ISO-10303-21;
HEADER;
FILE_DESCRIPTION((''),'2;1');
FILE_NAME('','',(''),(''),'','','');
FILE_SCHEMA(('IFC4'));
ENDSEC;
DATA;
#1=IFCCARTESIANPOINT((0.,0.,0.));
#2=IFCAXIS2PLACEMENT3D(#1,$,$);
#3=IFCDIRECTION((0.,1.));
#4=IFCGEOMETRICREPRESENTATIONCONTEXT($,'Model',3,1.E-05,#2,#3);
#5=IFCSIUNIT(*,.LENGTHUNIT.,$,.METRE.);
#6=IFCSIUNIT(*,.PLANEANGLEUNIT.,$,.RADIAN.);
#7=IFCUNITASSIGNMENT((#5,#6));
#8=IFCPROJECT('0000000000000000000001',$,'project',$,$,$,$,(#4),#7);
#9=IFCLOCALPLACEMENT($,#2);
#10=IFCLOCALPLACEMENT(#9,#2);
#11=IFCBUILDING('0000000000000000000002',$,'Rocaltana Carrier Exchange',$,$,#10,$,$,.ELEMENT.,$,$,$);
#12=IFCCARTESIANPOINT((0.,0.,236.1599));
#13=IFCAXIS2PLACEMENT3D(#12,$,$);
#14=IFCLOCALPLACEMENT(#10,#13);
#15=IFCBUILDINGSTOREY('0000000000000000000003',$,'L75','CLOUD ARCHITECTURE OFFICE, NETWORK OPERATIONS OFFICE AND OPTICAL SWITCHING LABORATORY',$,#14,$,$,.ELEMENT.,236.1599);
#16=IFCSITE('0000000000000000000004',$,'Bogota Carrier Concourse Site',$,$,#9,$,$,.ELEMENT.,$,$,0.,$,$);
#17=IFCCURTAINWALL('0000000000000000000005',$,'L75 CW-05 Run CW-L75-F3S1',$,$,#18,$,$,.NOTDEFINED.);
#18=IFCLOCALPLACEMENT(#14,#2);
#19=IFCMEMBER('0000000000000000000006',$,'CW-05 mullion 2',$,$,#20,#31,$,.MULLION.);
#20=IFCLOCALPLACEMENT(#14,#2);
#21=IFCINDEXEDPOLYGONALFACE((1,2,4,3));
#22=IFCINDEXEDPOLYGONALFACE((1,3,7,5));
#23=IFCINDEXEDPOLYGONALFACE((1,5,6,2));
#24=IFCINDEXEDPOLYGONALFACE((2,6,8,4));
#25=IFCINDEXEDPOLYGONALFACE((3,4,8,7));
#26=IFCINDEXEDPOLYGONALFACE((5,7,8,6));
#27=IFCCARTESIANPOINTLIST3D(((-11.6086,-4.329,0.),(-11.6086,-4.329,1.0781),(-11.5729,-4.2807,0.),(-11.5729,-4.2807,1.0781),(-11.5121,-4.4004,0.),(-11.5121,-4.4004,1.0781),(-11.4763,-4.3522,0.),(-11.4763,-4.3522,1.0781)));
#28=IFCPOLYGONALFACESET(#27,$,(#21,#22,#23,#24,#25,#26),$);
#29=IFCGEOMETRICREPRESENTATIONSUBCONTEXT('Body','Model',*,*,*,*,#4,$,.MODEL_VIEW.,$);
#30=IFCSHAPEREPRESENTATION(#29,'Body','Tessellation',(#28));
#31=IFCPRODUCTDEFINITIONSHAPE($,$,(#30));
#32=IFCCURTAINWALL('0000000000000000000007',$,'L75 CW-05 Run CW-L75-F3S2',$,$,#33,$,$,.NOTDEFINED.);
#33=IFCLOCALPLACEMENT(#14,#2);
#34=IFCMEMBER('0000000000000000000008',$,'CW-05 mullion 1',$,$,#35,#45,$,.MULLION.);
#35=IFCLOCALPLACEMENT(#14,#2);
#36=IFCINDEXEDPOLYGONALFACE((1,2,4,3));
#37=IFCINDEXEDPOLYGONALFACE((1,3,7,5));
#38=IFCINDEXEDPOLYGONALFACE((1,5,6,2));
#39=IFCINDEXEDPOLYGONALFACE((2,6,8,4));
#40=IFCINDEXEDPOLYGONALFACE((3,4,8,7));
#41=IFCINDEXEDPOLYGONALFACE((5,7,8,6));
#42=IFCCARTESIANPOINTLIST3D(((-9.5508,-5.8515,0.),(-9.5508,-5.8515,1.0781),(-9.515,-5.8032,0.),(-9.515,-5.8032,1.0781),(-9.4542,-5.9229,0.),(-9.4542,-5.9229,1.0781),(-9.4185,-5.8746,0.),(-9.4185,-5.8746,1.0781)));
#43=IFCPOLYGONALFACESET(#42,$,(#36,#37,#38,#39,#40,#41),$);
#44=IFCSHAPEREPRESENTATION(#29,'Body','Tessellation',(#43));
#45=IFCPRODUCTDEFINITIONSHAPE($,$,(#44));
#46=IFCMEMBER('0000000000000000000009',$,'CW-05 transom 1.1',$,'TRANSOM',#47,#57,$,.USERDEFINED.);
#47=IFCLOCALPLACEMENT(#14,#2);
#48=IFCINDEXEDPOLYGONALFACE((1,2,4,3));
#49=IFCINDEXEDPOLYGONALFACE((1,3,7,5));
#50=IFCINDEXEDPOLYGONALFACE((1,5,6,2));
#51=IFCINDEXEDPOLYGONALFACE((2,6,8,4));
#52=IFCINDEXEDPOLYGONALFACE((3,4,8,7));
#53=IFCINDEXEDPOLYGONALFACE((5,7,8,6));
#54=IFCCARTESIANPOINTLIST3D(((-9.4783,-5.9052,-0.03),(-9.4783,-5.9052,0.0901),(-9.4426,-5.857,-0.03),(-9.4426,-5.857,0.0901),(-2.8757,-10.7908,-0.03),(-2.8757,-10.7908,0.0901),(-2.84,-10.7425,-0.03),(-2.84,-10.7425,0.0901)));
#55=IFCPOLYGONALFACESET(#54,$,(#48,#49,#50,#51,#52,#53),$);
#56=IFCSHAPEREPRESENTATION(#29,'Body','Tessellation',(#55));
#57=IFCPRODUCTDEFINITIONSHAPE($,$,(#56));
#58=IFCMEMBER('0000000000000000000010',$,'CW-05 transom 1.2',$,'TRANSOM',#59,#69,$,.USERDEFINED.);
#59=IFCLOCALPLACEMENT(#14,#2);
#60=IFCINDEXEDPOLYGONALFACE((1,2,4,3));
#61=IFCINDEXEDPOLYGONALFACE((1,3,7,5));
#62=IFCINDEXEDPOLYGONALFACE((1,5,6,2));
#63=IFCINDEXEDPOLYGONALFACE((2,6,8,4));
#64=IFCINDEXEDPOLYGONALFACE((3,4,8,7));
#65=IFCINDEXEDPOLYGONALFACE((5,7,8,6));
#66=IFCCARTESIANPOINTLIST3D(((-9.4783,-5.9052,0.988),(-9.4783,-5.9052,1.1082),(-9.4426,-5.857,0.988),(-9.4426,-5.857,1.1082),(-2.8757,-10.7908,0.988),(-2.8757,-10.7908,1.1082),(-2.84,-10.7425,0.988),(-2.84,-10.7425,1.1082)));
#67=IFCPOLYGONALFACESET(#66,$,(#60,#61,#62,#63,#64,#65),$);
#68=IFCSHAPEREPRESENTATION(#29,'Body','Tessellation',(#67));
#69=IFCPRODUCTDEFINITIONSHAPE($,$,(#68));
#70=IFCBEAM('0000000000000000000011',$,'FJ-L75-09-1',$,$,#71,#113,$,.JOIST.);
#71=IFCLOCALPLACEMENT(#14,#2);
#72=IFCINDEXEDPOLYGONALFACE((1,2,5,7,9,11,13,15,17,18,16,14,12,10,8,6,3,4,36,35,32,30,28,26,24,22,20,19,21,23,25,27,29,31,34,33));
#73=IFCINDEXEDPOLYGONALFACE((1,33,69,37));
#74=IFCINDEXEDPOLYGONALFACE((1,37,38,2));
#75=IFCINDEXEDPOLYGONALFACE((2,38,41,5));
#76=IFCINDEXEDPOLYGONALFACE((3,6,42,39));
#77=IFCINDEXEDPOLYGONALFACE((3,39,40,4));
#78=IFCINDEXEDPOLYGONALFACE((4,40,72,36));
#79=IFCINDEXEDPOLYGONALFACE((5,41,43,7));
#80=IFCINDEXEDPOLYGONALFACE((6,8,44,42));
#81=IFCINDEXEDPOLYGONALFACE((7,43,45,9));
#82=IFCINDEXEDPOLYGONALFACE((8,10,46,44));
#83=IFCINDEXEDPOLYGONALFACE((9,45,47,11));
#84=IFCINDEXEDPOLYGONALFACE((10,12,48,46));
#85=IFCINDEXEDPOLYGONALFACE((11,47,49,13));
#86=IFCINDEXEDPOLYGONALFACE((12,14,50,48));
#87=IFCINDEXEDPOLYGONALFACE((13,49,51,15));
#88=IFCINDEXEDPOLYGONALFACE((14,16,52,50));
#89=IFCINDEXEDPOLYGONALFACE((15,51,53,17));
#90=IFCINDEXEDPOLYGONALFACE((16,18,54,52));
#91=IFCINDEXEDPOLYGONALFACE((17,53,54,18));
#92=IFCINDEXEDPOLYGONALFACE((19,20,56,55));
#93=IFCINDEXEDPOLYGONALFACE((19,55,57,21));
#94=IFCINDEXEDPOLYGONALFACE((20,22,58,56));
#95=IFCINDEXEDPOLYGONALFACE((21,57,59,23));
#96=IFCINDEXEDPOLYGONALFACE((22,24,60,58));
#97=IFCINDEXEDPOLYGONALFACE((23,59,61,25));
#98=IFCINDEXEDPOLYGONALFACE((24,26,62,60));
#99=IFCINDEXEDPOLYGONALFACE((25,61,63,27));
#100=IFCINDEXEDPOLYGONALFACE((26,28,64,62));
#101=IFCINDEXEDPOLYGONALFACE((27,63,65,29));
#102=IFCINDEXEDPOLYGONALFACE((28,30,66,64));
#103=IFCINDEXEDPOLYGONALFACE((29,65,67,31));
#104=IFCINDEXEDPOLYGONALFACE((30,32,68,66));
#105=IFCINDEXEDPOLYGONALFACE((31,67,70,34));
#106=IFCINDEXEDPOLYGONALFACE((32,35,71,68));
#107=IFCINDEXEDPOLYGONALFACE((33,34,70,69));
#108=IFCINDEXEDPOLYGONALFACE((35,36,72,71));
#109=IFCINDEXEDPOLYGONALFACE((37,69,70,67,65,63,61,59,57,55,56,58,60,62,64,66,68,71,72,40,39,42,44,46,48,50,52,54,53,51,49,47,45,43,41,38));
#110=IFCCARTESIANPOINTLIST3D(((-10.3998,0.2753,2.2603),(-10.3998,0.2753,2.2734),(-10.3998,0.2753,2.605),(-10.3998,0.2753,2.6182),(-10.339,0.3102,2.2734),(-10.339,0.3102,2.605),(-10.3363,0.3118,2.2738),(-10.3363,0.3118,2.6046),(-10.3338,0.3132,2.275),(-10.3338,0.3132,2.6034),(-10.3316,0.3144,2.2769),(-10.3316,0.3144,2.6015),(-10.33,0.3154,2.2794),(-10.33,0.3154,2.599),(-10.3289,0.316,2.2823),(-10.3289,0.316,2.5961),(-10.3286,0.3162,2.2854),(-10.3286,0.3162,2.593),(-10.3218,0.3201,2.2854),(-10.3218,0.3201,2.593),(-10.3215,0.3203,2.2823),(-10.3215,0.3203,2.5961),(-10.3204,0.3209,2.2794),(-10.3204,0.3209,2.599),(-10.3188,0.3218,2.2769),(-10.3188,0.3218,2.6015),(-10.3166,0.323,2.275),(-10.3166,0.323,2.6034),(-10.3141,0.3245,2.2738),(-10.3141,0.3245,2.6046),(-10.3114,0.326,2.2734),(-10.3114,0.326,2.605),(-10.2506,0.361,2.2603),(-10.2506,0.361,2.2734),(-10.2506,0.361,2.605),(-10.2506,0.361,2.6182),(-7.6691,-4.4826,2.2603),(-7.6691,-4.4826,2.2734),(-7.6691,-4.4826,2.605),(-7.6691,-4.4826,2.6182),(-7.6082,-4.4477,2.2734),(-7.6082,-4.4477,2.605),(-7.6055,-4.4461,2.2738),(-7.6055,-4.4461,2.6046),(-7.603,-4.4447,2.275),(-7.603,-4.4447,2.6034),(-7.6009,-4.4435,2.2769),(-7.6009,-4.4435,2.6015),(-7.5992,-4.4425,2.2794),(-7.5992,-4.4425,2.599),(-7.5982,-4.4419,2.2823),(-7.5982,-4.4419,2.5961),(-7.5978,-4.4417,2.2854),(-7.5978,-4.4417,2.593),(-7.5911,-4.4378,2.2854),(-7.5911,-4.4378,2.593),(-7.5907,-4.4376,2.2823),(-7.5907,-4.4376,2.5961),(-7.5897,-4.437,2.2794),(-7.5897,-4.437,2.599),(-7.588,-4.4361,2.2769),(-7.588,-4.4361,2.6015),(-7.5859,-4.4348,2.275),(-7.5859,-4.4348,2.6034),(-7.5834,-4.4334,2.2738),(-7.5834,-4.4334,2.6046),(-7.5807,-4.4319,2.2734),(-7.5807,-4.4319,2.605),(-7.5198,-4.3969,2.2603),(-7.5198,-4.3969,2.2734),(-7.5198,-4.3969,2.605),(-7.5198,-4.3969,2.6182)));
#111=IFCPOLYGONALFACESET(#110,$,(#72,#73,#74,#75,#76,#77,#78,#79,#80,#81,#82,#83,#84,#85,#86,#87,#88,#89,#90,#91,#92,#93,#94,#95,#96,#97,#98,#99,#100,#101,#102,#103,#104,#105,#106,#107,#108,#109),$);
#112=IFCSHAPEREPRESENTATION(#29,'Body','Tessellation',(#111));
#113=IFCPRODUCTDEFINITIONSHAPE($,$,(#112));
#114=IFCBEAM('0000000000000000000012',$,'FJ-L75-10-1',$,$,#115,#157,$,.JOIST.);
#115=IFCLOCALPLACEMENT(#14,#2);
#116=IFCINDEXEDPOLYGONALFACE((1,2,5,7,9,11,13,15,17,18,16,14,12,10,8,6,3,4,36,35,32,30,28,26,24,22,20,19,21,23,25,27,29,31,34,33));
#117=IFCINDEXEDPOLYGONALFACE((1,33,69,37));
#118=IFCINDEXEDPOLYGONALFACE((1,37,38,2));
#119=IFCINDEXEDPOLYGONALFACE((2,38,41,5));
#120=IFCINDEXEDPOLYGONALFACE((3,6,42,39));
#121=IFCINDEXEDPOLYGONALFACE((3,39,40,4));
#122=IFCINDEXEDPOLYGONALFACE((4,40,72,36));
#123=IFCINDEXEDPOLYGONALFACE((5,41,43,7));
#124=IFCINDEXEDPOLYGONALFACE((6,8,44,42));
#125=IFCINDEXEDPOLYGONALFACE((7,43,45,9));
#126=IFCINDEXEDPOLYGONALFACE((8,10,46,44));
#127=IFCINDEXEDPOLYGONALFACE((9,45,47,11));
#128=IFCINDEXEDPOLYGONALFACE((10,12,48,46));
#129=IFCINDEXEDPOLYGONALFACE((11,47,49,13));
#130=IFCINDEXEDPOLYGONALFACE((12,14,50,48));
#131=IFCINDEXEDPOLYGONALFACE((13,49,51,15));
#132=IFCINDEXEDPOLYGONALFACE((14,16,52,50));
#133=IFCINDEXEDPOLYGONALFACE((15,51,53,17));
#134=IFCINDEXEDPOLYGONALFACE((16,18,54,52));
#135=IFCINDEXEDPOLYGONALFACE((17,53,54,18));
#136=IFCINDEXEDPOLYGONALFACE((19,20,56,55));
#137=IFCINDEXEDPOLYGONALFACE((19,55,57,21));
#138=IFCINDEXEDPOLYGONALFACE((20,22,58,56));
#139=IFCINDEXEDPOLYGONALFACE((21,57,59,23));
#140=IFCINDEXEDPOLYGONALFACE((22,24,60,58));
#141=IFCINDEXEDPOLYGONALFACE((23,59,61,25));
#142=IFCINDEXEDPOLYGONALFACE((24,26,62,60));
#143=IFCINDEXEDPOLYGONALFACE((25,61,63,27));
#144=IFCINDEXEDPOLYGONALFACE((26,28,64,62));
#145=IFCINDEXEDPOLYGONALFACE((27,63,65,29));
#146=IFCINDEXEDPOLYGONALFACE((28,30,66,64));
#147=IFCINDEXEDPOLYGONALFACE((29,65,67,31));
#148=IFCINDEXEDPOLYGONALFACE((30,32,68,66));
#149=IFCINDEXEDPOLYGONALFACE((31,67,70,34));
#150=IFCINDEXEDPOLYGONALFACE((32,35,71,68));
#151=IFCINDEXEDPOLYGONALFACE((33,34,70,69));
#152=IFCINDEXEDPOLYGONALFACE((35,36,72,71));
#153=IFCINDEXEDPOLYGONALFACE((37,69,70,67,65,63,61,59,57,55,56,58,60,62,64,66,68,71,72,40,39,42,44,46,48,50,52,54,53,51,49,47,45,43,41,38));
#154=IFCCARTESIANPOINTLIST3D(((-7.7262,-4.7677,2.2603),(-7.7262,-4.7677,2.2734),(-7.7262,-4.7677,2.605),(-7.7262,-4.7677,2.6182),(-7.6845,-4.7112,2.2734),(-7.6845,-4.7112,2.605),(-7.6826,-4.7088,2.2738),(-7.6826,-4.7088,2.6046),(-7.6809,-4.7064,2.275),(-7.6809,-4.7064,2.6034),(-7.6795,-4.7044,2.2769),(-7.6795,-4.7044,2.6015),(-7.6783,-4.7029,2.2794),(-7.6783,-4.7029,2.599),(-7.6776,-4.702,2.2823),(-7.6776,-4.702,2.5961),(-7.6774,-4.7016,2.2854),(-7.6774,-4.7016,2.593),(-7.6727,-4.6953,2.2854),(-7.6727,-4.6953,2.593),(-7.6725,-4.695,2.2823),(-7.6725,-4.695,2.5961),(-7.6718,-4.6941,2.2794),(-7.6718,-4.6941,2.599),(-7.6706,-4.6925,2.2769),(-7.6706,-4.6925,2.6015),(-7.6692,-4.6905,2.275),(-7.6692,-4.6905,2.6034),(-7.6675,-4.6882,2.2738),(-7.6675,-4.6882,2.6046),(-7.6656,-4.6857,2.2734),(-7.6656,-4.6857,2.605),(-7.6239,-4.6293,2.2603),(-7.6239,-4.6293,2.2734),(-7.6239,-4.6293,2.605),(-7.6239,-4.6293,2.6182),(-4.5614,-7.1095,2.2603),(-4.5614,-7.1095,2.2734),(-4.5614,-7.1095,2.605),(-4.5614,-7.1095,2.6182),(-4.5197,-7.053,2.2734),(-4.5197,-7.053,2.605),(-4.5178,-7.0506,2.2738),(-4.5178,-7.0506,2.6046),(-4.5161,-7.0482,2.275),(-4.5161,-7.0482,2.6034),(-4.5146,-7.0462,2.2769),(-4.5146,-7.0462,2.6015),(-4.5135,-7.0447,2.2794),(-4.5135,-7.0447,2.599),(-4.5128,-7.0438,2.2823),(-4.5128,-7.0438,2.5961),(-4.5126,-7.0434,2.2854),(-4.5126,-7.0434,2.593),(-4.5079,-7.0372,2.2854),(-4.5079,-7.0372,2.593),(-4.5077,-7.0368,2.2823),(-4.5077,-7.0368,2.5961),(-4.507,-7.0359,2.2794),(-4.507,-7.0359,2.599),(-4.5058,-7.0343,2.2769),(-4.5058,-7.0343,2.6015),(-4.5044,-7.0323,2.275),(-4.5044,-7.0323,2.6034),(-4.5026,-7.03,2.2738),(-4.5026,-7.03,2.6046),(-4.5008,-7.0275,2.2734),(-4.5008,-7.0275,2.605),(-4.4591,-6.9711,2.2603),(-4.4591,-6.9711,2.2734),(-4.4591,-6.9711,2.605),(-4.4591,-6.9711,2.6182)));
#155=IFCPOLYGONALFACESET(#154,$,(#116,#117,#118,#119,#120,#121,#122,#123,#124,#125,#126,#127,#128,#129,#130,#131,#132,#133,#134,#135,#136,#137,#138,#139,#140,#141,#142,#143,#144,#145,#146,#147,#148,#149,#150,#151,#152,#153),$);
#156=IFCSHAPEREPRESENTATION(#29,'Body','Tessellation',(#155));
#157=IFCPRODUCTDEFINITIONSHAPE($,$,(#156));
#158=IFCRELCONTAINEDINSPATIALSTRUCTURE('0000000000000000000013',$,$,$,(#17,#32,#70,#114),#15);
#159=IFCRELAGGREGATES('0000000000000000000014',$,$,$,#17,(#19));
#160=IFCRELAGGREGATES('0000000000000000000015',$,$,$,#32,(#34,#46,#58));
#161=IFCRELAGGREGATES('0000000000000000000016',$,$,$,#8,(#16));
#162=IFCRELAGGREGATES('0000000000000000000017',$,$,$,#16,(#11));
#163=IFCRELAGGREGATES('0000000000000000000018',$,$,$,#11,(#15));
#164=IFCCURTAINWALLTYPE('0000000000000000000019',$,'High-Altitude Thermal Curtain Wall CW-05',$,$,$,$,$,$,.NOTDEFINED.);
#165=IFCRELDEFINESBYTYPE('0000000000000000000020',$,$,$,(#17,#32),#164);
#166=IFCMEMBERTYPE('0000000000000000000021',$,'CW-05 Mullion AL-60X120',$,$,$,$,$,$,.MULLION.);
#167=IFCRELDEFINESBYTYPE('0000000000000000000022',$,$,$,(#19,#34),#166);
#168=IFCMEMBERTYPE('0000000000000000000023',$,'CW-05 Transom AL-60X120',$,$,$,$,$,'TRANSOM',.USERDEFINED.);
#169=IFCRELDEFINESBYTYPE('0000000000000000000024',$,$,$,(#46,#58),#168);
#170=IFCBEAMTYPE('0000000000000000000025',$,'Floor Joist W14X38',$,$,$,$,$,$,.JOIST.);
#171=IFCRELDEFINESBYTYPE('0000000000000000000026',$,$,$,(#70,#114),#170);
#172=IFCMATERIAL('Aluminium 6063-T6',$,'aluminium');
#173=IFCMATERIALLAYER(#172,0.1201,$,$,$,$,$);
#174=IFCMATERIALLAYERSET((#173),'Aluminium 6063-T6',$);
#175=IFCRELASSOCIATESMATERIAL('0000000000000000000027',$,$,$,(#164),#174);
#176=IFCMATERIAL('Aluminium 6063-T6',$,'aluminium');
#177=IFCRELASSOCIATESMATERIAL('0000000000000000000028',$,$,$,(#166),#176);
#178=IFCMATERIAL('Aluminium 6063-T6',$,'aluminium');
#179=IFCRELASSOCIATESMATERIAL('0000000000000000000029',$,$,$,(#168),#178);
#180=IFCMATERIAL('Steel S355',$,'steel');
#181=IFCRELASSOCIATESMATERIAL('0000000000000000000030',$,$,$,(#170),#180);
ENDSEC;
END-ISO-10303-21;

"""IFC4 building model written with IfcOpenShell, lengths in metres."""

from ifc_helpers import new_model, si_unit, direction, frame, origin, origin_2d, place, context, subcontext, project, spatial, rectangle, i_section, extrude, material, layer, layer_set, material_profile, profile_set, type_object, element, aggregate, save


model = new_model("IFC4")

# Units and contexts
model_context = context("Model", 3, precision=1e-05, world=origin(), true_north=direction((0.0, 1.0)))
body_context = subcontext(model_context, "Body", "Model", "MODEL_VIEW")
ifc_project = project(units=[si_unit("LENGTHUNIT", "METRE"), si_unit("PLANEANGLEUNIT", "RADIAN")], contexts=[model_context])

# Site, building, storey
site_placement = place(None, origin())
site = spatial("IfcSite", under=ifc_project, at=site_placement, Name="Bogota Carrier Concourse Site", CompositionType="ELEMENT", RefElevation=0.0)
building_placement = place(site_placement, origin())
building = spatial("IfcBuilding", under=site, at=building_placement, Name="Rocaltana Carrier Exchange", CompositionType="ELEMENT")
storey_placement = place(building_placement, frame((0.0, 0.0, 236.1599)))
storey = spatial("IfcBuildingStorey", under=building, at=storey_placement, Name="L75", Description="CLOUD ARCHITECTURE OFFICE, NETWORK OPERATIONS OFFICE AND OPTICAL SWITCHING LABORATORY", CompositionType="ELEMENT", Elevation=236.1599)

# Curtain wall, member
ifc_material_1 = material(Name="Aluminium 6063-T6", Category="aluminium")
ifc_layer_1 = layer(ifc_material_1, 0.1201)
ifc_layer_set_1 = layer_set([ifc_layer_1], Name="Aluminium 6063-T6")
curtain_wall_type = type_object("IfcCurtainWallType", Name="High-Altitude Thermal Curtain Wall CW-05", PredefinedType="NOTDEFINED", material=ifc_layer_set_1)
curtain_wall_1_placement = place(storey_placement, origin())
curtain_wall_1 = element("IfcCurtainWall", 1, at=curtain_wall_1_placement, inside=storey, type_object=curtain_wall_type, Name="L75 CW-05 Run CW-L75-F3S1", PredefinedType="NOTDEFINED")
ifc_material_2 = material(Name="Aluminium 6063-T6", Category="aluminium")
ifc_material_profile_1 = material_profile(ifc_material_2, rectangle(XDim=0.0601, YDim=0.1201, at=origin_2d()), Name="AL-60X120")
ifc_profile_set_1 = profile_set([ifc_material_profile_1], Name="Aluminium 6063-T6")
member_type_1 = type_object("IfcMemberType", Name="CW-05 Mullion AL-60X120", PredefinedType="MULLION", material=ifc_profile_set_1)
member_1_placement = place(storey_placement, frame((-11.5425, -4.3406, 0.0), z_axis=(0.0, 0.0, 1.0), x_axis=(0.594827, 0.803854, 0.0)))
member_1 = element("IfcMember", 2, at=member_1_placement, type_object=member_type_1, Name="CW-05 mullion 2", PredefinedType="MULLION", context=body_context, shape_type="SweptSolid", body=[
    extrude(rectangle(XDim=0.0601, YDim=0.1201, at=origin_2d()), origin(), (0.0, 0.0, 1.0), 1.0781),
])

# Curtain wall, members
curtain_wall_2_placement = place(storey_placement, origin())
curtain_wall_2 = element("IfcCurtainWall", 3, at=curtain_wall_2_placement, inside=storey, type_object=curtain_wall_type, Name="L75 CW-05 Run CW-L75-F3S2", PredefinedType="NOTDEFINED")
member_2_placement = place(storey_placement, frame((-9.4846, -5.863, 0.0), z_axis=(0.0, 0.0, 1.0), x_axis=(0.594821, 0.803858, 0.0)))
member_2 = element("IfcMember", 4, at=member_2_placement, type_object=member_type_1, Name="CW-05 mullion 1", PredefinedType="MULLION", context=body_context, shape_type="SweptSolid", body=[
    extrude(rectangle(XDim=0.0601, YDim=0.1201, at=origin_2d()), origin(), (0.0, 0.0, 1.0), 1.0781),
])
ifc_material_3 = material(Name="Aluminium 6063-T6", Category="aluminium")
ifc_material_profile_2 = material_profile(ifc_material_3, rectangle(XDim=0.0601, YDim=0.1201, at=origin_2d()), Name="AL-60X120")
ifc_profile_set_2 = profile_set([ifc_material_profile_2], Name="Aluminium 6063-T6")
member_type_2 = type_object("IfcMemberType", Name="CW-05 Transom AL-60X120", ElementType="TRANSOM", PredefinedType="USERDEFINED", material=ifc_profile_set_2)
member_3_placement = place(storey_placement, frame((-9.4604, -5.8811, 0.03), z_axis=(0.803864, -0.594813, 0.0), x_axis=(0.594813, 0.803864, 0.0)))
member_3 = element("IfcMember", 5, at=member_3_placement, type_object=member_type_2, Name="CW-05 transom 1.1", ObjectType="TRANSOM", PredefinedType="USERDEFINED", context=body_context, shape_type="SweptSolid", body=[
    extrude(rectangle(XDim=0.0601, YDim=0.1201, at=origin_2d()), origin(), (0.0, 0.0, 1.0), 8.2136),
])
member_4_placement = place(storey_placement, frame((-9.4604, -5.8811, 1.0481), z_axis=(0.803864, -0.594813, 0.0), x_axis=(0.594813, 0.803864, 0.0)))
member_4 = element("IfcMember", 6, at=member_4_placement, type_object=member_type_2, Name="CW-05 transom 1.2", ObjectType="TRANSOM", PredefinedType="USERDEFINED", context=body_context, shape_type="SweptSolid", body=[
    extrude(rectangle(XDim=0.0601, YDim=0.1201, at=origin_2d()), origin(), (0.0, 0.0, 1.0), 8.2136),
])

# Beams
ifc_material_4 = material(Name="Steel S355", Category="steel")
ifc_material_profile_3 = material_profile(ifc_material_4, i_section(OverallWidth=0.1721, OverallDepth=0.3579, WebThickness=0.0078, FlangeThickness=0.0132, FilletRadius=0.012, at=origin_2d()), Name="W14X38")
ifc_profile_set_3 = profile_set([ifc_material_profile_3], Name="Steel S355")
beam_type_1 = type_object("IfcBeamType", Name="Floor Joist W14X38", PredefinedType="JOIST", material=ifc_profile_set_3)
beam_1_placement = place(storey_placement, frame((-10.3252, 0.3181, 2.4392), z_axis=(0.497782, -0.867302, 0.0), x_axis=(0.867302, 0.497782, 0.0)))
element("IfcBeam", 7, at=beam_1_placement, inside=storey, type_object=beam_type_1, Name="FJ-L75-09-1", PredefinedType="JOIST", context=body_context, shape_type="SweptSolid", body=[
    extrude(i_section(OverallWidth=0.1721, OverallDepth=0.3579, WebThickness=0.0078, FlangeThickness=0.0132, FilletRadius=0.012, at=origin_2d()), origin(), (0.0, 0.0, 1.0), 5.4858),
])
beam_2_placement = place(storey_placement, frame((-7.675, -4.6985, 2.4392), z_axis=(0.80386, -0.594818, 0.0), x_axis=(0.594818, 0.80386, 0.0)))
element("IfcBeam", 8, at=beam_2_placement, inside=storey, type_object=beam_type_1, Name="FJ-L75-10-1", PredefinedType="JOIST", context=body_context, shape_type="SweptSolid", body=[
    extrude(i_section(OverallWidth=0.1721, OverallDepth=0.3579, WebThickness=0.0078, FlangeThickness=0.0132, FilletRadius=0.012, at=origin_2d()), origin(), (0.0, 0.0, 1.0), 3.937),
])

aggregate(curtain_wall_1, [member_1])
aggregate(curtain_wall_2, [member_2, member_3, member_4])

save(model, "model.ifc")
